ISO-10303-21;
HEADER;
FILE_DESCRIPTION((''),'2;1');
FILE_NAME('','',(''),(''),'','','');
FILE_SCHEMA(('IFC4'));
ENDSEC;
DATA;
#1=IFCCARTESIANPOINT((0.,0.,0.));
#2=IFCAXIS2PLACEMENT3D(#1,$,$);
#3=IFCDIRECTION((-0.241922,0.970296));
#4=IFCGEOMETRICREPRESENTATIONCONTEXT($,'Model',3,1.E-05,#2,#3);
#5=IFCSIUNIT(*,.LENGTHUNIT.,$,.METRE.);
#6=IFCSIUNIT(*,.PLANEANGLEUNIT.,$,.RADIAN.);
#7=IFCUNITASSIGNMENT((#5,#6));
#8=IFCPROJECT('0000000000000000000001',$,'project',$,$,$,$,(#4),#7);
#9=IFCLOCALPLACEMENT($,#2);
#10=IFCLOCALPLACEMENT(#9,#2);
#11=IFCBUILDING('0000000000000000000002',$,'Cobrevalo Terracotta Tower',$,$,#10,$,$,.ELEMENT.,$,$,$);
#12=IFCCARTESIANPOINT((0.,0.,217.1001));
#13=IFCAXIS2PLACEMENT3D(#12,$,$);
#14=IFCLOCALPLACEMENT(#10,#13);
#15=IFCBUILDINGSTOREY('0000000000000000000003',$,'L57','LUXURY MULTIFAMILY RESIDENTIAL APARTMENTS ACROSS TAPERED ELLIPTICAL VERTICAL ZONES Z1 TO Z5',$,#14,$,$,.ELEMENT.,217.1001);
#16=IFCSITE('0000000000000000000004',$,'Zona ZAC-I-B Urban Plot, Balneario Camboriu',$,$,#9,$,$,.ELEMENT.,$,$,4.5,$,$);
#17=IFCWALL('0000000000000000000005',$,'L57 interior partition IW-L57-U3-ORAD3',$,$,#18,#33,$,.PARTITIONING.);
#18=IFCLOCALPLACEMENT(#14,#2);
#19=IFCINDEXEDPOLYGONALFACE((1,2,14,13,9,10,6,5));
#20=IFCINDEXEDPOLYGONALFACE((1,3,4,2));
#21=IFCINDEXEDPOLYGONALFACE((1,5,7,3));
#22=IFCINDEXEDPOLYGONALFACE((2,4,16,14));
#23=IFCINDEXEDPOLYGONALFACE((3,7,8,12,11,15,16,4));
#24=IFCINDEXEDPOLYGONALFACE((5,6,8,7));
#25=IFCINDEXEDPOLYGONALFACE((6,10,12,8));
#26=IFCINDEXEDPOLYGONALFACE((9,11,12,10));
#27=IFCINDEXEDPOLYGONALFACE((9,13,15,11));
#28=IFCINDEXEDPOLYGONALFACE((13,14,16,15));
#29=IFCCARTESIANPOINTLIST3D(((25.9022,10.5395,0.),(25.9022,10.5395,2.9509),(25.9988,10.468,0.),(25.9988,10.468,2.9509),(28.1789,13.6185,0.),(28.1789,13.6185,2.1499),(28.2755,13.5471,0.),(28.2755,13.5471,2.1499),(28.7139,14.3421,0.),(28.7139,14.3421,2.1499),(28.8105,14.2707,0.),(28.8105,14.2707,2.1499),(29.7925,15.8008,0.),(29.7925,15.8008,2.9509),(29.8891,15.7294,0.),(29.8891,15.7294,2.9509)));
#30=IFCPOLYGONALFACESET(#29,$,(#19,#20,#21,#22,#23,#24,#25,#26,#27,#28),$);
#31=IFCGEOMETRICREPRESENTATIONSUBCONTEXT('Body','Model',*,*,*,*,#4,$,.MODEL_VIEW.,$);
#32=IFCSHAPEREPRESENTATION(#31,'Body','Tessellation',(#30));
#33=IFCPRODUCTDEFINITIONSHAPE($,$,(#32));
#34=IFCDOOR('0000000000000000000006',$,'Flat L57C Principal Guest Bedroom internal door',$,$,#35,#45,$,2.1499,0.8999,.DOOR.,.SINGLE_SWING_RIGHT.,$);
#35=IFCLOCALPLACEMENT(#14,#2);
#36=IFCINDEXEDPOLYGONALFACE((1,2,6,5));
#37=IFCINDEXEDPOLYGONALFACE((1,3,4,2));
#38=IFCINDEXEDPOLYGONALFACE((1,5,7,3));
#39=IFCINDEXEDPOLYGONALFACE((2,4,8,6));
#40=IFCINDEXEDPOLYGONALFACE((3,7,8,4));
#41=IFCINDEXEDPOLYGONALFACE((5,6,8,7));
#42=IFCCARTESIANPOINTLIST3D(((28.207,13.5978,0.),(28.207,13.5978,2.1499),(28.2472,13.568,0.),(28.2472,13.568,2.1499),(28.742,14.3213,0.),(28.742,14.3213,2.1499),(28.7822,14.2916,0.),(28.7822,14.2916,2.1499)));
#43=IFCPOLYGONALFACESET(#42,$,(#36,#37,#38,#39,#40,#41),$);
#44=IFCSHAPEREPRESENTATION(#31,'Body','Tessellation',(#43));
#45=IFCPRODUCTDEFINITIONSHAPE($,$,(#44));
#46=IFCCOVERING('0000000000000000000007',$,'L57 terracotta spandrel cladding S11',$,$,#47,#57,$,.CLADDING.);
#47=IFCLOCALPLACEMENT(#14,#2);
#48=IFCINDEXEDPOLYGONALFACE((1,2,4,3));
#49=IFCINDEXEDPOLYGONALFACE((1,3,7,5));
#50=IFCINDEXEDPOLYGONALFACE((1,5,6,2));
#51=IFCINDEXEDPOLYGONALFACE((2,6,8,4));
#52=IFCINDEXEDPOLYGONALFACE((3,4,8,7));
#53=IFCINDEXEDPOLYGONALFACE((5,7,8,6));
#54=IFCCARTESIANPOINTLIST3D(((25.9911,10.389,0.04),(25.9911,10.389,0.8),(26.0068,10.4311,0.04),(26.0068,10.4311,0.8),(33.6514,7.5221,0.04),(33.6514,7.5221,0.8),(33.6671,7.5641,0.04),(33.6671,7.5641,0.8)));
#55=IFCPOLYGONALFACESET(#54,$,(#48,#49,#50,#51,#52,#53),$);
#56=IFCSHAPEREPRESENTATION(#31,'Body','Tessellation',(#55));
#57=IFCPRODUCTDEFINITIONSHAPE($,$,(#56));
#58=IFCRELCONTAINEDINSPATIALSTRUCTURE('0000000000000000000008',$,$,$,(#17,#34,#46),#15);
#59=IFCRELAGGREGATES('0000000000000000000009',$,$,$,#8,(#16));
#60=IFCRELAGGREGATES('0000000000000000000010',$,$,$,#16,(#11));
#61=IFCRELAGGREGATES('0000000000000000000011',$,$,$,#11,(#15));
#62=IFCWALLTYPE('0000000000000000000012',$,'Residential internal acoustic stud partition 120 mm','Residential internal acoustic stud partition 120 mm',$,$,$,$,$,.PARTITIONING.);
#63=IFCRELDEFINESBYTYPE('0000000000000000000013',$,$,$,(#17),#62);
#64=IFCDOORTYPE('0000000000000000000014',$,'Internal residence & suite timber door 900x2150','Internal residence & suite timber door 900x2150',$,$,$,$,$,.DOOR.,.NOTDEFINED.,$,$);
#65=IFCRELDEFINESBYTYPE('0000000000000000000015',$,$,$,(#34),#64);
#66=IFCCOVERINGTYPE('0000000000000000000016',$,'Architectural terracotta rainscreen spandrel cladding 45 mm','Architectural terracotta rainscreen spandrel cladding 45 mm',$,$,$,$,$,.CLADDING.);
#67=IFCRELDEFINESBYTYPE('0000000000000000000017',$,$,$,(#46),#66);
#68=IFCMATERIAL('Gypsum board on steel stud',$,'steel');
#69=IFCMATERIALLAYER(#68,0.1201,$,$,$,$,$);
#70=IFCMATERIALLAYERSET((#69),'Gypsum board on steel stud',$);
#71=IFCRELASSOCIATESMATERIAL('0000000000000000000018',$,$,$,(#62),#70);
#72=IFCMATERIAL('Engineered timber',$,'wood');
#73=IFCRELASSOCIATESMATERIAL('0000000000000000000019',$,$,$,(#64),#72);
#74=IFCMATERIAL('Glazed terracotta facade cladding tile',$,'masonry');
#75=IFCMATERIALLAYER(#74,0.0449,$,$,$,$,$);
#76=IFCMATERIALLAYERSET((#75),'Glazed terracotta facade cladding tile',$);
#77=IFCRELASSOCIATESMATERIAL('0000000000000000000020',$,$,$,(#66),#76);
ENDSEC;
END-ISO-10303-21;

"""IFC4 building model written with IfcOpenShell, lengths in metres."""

from ifc_helpers import new_model, si_unit, direction, frame, frame_2d, origin, origin_2d, place, context, subcontext, project, spatial, rectangle, extrude, source, transform, mapped, material, layer, layer_set, type_object, element, fill, save


model = new_model("IFC4")

# Units and contexts
model_context = context("Model", 3, precision=1e-05, world=origin(), true_north=direction((-0.241922, 0.970296)))
body_context = subcontext(model_context, "Body", "Model", "MODEL_VIEW")
ifc_project = project(units=[si_unit("LENGTHUNIT", "METRE"), si_unit("PLANEANGLEUNIT", "RADIAN")], contexts=[model_context])

# Site, building, storey
site_placement = place(None, origin())
site = spatial("IfcSite", under=ifc_project, at=site_placement, Name="Zona ZAC-I-B Urban Plot, Balneario Camboriu", CompositionType="ELEMENT", RefElevation=4.5)
building_placement = place(site_placement, origin())
building = spatial("IfcBuilding", under=site, at=building_placement, Name="Cobrevalo Terracotta Tower", CompositionType="ELEMENT")
storey_placement = place(building_placement, frame((0.0, 0.0, 217.1001)))
storey = spatial("IfcBuildingStorey", under=building, at=storey_placement, Name="L57", Description="LUXURY MULTIFAMILY RESIDENTIAL APARTMENTS ACROSS TAPERED ELLIPTICAL VERTICAL ZONES Z1 TO Z5", CompositionType="ELEMENT", Elevation=217.1001)

# Shared definitions
ifc_material_1 = material(Name="Gypsum board on steel stud", Category="steel")
ifc_layer_1 = layer(ifc_material_1, 0.1201)
ifc_layer_set_1 = layer_set([ifc_layer_1], Name="Gypsum board on steel stud")
wall_type_1 = type_object("IfcWallType", Name="Residential internal acoustic stud partition 120 mm", Description="Residential internal acoustic stud partition 120 mm", PredefinedType="PARTITIONING", material=ifc_layer_set_1)

# Wall, opening, door
ifc_material_2 = material(Name="Engineered timber", Category="wood")
door_type_1 = type_object("IfcDoorType", Name="Internal residence & suite timber door 900x2150", Description="Internal residence & suite timber door 900x2150", OperationType="NOTDEFINED", PredefinedType="DOOR", material=ifc_material_2)
shared_shape_1 = source(origin(), body_context, "Body", "SweptSolid", [
    extrude(rectangle(XDim=0.8999, YDim=2.1499, at=frame_2d((0.45, 1.075))), frame((0.0, 0.0249, 0.0), z_axis=(0.0, -1.0, 0.0), x_axis=(1.0, 0.0, 0.0)), (0.0, 0.0, 1.0), 0.05),
])
wall_1_placement = place(storey_placement, frame((29.8408, 15.7651, 0.0), z_axis=(0.0, 0.0, 1.0), x_axis=(-0.594536, -0.804069, 0.0)))
wall_1 = element("IfcWall", 1, at=wall_1_placement, inside=storey, type_object=wall_type_1, Name="L57 interior partition IW-L57-U3-ORAD3", PredefinedType="PARTITIONING", context=body_context, shape_type="SweptSolid", body=[
    extrude(rectangle(XDim=6.5435, YDim=0.1201, at=frame_2d((3.2717, 0.0))), origin(), (0.0, 0.0, 1.0), 2.9509),
])
opening_1_placement = place(wall_1_placement, frame((1.8142, 0.0, 0.0)))
opening_1 = element("IfcOpeningElement", 2, at=opening_1_placement, cuts=wall_1, PredefinedType="OPENING", context=body_context, shape_type="SweptSolid", body=[
    extrude(rectangle(XDim=0.8999, YDim=2.1499, at=frame_2d((0.45, 1.075))), frame((0.0, 0.0701, 0.0), z_axis=(0.0, -1.0, 0.0), x_axis=(1.0, 0.0, 0.0)), (0.0, 0.0, 1.0), 0.1401),
])
door_1_placement = place(opening_1_placement, origin())
door_1 = element("IfcDoor", 3, at=door_1_placement, inside=storey, type_object=door_type_1, Name="Flat L57C Principal Guest Bedroom internal door", OperationType="SINGLE_SWING_RIGHT", OverallHeight=2.1499, OverallWidth=0.8999, PredefinedType="DOOR", context=body_context, shape_type="MappedRepresentation", body=[
    mapped(shared_shape_1, transform((0.0, 0.0, 0.0), scale=1.0)),
])
fill(opening_1, door_1)

# Covering
ifc_material_3 = material(Name="Glazed terracotta facade cladding tile", Category="masonry")
ifc_layer_2 = layer(ifc_material_3, 0.0449)
ifc_layer_set_2 = layer_set([ifc_layer_2], Name="Glazed terracotta facade cladding tile")
covering_type = type_object("IfcCoveringType", Name="Architectural terracotta rainscreen spandrel cladding 45 mm", Description="Architectural terracotta rainscreen spandrel cladding 45 mm", PredefinedType="CLADDING", material=ifc_layer_set_2)
shared_shape_2 = source(origin(), body_context, "Body", "SweptSolid", [
    extrude(rectangle(XDim=8.1792, YDim=0.0449, at=origin_2d()), origin(), (0.0, 0.0, 1.0), 0.76),
])
covering_placement = place(storey_placement, frame((29.8291, 8.9766, 0.04), z_axis=(0.0, 0.0, 1.0), x_axis=(0.936558, -0.350513, 0.0)))
element("IfcCovering", 4, at=covering_placement, inside=storey, type_object=covering_type, Name="L57 terracotta spandrel cladding S11", PredefinedType="CLADDING", context=body_context, shape_type="MappedRepresentation", body=[
    mapped(shared_shape_2, transform((0.0, 0.0, 0.0), scale=1.0)),
])

save(model, "model.ifc")
